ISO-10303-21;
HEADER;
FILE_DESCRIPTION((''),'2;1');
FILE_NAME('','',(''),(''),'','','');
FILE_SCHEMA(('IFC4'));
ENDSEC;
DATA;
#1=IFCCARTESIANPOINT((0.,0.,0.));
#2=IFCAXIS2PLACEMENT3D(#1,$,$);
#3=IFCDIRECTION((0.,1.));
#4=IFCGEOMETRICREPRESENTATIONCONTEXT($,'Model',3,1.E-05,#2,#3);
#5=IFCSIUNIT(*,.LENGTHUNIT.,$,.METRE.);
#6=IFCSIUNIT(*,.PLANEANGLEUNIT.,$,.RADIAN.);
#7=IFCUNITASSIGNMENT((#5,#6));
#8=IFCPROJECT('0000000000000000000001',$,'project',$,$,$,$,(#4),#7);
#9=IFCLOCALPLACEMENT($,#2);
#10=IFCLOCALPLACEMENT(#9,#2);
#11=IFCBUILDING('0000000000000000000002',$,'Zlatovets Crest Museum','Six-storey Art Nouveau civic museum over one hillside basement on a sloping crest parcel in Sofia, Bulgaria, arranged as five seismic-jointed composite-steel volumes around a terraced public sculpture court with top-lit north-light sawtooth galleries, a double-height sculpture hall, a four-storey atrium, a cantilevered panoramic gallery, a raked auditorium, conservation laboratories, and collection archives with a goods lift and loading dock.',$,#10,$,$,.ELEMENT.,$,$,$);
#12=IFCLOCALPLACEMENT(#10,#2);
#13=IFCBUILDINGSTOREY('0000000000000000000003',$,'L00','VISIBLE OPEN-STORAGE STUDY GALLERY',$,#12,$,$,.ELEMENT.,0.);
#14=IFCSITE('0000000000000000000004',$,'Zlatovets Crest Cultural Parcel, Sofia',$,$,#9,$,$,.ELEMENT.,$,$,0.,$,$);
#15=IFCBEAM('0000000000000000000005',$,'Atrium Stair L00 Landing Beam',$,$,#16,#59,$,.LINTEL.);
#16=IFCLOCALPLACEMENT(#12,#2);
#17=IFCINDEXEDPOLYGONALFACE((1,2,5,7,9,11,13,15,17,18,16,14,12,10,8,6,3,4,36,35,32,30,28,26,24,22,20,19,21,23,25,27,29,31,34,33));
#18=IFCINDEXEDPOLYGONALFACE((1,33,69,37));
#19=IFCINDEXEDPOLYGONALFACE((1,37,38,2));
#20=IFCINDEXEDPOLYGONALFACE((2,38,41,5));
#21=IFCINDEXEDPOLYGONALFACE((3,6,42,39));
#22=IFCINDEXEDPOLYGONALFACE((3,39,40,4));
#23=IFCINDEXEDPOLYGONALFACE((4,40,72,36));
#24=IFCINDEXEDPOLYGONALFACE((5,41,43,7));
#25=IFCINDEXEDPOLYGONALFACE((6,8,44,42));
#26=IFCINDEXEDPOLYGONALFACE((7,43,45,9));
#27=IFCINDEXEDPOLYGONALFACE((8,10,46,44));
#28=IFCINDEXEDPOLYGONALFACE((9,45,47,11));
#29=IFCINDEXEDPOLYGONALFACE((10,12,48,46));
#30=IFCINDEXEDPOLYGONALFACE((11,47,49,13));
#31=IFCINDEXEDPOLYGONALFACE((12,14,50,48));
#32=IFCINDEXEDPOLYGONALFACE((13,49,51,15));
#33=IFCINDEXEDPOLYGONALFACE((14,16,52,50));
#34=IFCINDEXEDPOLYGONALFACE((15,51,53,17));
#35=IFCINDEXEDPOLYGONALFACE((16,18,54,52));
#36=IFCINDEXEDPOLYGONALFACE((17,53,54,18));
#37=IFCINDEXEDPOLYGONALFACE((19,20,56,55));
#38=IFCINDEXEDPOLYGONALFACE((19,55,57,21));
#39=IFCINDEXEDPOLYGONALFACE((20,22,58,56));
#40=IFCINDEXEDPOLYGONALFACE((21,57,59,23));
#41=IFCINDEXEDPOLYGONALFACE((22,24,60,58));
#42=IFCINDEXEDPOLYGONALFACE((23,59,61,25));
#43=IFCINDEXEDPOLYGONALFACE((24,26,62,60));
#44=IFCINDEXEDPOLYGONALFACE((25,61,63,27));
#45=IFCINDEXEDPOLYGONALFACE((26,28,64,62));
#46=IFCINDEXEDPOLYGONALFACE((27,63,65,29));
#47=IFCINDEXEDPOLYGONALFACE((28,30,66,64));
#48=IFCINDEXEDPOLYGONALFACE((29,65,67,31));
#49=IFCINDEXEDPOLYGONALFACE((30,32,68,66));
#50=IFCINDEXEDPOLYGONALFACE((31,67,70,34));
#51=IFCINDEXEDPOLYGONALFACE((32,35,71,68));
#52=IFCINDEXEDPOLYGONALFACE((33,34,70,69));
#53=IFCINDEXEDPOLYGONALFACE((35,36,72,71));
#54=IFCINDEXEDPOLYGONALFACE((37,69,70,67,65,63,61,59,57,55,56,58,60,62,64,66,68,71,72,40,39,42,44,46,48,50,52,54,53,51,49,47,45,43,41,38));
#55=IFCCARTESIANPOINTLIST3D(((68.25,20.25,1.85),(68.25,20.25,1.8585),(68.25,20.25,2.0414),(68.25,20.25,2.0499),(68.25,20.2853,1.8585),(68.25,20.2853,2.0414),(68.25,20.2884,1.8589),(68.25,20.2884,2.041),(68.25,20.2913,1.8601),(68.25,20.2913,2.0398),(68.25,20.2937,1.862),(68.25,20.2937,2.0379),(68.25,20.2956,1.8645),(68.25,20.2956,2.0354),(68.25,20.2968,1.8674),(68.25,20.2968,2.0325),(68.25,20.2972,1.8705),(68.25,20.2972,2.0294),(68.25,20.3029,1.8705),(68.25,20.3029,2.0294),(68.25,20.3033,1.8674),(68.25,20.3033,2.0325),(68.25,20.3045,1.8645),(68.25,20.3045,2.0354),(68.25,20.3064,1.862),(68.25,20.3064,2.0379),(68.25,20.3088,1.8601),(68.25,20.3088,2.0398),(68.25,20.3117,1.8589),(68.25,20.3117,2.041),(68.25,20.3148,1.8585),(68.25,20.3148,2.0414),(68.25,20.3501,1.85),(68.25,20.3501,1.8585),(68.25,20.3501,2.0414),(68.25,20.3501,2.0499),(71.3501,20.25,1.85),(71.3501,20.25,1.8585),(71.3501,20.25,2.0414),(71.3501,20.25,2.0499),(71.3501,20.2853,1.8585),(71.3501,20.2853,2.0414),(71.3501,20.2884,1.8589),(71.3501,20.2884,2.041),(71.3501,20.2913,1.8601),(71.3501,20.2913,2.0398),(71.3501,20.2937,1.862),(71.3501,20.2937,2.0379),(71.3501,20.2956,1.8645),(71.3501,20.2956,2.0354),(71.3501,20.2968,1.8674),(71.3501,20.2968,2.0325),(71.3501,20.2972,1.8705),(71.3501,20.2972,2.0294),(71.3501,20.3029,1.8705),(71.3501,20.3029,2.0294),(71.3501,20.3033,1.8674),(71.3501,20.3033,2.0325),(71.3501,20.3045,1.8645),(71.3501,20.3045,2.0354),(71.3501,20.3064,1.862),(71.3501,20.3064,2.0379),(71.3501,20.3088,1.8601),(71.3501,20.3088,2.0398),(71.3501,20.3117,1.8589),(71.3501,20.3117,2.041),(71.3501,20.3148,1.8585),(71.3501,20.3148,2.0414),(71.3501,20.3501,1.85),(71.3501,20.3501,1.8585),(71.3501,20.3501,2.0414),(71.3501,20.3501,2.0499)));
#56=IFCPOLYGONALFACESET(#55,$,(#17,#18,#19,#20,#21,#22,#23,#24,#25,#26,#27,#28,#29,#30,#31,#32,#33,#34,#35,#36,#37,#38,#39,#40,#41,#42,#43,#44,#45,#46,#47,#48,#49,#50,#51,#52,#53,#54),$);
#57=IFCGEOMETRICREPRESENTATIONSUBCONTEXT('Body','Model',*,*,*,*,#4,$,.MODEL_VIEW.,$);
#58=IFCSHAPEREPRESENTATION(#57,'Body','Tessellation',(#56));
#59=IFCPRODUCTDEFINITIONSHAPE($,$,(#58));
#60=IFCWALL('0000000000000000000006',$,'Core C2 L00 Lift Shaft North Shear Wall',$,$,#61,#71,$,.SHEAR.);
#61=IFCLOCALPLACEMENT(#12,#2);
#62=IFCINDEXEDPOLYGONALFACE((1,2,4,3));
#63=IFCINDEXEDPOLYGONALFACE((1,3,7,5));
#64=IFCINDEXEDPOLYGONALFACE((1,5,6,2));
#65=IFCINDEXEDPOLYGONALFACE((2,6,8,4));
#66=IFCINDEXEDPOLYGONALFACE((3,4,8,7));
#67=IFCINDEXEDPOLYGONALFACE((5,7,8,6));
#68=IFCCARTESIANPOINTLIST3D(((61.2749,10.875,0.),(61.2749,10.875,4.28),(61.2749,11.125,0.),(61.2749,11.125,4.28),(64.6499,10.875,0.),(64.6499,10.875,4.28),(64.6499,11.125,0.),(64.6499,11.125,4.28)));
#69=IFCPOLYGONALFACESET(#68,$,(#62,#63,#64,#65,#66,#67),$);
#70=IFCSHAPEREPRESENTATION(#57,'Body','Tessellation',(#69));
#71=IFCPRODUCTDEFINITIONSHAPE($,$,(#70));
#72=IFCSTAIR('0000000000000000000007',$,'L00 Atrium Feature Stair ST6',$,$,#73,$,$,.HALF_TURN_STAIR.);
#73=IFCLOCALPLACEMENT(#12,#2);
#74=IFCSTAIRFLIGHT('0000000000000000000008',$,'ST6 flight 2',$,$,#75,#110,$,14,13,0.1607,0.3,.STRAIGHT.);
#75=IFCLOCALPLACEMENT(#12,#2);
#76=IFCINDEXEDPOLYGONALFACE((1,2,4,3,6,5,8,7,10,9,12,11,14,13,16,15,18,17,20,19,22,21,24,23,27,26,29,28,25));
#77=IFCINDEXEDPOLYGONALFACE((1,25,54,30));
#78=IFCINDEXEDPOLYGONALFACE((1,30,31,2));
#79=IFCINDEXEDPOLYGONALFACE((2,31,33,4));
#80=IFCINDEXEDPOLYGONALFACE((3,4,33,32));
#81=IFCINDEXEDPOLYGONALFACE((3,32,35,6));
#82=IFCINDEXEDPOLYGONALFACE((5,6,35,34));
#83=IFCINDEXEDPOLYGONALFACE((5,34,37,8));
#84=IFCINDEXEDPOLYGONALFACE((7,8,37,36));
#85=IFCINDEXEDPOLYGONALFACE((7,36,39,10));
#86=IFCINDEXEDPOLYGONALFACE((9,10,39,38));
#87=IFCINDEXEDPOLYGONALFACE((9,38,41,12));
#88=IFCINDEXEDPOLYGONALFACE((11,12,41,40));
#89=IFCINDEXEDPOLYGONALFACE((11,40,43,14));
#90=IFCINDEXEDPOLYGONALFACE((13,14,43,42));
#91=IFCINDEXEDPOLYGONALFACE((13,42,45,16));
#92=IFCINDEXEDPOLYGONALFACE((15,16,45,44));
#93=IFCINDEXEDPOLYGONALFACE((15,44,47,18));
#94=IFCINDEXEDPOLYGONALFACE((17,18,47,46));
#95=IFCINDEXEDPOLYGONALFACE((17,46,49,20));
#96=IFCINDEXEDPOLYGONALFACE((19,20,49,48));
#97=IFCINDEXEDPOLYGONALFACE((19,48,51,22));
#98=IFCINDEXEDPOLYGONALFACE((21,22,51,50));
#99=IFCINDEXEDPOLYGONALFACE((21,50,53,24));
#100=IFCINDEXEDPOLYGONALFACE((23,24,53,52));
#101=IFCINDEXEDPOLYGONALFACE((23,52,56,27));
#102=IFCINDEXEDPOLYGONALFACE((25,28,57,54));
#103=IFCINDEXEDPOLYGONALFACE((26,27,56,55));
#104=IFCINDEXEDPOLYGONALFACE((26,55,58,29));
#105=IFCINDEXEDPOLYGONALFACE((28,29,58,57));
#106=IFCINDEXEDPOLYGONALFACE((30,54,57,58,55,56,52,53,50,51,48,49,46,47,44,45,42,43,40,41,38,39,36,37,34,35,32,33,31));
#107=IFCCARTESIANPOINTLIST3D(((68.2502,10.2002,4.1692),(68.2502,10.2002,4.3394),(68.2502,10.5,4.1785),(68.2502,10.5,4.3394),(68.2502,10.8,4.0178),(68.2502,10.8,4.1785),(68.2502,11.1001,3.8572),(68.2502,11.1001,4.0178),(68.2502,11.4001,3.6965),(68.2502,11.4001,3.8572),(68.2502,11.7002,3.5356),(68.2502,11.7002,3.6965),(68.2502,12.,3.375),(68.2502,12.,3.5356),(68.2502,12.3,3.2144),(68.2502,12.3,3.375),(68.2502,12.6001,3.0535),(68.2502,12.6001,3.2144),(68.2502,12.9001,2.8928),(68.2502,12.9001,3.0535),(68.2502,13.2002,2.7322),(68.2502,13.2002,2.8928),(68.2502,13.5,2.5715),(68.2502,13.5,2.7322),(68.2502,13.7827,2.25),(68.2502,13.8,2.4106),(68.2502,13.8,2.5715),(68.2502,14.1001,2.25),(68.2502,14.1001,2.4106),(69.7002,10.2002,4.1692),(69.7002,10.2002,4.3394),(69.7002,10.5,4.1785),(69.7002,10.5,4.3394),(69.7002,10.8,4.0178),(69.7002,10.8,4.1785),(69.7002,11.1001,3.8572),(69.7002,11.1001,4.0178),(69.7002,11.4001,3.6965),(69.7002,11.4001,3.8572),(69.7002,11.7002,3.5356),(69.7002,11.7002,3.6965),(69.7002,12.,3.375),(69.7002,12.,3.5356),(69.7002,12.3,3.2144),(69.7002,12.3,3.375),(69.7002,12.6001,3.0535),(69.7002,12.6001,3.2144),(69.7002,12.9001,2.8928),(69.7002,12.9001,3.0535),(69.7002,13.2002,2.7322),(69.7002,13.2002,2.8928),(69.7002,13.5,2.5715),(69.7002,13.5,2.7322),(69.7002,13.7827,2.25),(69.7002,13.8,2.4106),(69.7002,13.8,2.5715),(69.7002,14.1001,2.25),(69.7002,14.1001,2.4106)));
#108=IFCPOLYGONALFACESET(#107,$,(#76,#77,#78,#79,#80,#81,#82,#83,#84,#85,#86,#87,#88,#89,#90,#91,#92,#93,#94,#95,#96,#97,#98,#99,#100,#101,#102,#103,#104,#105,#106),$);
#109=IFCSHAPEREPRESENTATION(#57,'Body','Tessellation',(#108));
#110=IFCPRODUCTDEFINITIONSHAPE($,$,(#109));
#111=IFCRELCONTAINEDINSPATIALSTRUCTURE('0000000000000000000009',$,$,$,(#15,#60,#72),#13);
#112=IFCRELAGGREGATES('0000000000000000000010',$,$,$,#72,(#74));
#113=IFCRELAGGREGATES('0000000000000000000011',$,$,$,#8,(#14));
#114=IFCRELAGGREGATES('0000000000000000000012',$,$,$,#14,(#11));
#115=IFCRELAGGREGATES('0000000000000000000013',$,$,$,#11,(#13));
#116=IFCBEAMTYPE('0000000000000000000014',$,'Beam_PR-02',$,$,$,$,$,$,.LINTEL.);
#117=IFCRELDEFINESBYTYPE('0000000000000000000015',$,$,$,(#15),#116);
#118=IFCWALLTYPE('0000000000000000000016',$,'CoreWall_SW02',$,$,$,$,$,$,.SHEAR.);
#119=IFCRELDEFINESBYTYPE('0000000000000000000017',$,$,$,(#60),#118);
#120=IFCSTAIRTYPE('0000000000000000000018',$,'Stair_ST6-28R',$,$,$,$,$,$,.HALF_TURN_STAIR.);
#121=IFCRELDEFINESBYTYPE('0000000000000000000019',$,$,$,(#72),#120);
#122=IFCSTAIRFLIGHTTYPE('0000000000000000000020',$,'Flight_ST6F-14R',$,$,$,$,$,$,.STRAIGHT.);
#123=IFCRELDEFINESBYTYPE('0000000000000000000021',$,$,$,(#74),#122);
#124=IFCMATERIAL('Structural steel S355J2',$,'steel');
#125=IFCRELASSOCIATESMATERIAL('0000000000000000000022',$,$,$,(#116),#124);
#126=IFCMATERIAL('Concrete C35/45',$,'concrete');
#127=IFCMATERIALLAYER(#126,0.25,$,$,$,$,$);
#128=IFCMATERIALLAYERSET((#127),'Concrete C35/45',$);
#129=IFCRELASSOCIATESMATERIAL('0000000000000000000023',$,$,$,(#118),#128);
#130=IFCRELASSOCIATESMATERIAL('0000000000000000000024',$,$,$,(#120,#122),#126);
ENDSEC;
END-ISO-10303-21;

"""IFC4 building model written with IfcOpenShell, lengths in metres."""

from ifc_helpers import new_model, si_unit, direction, frame, frame_2d, origin, origin_2d, place, context, subcontext, project, spatial, polyline, rectangle, i_section, outline, extrude, material, layer, layer_set, material_profile, profile_set, type_object, element, aggregate, save


model = new_model("IFC4")

# Units and contexts
model_context = context("Model", 3, precision=1e-05, world=origin(), true_north=direction((0.0, 1.0)))
body_context = subcontext(model_context, "Body", "Model", "MODEL_VIEW")
ifc_project = project(units=[si_unit("LENGTHUNIT", "METRE"), si_unit("PLANEANGLEUNIT", "RADIAN")], contexts=[model_context])

# Site, building, storey
site_placement = place(None, origin())
site = spatial("IfcSite", under=ifc_project, at=site_placement, Name="Zlatovets Crest Cultural Parcel, Sofia", CompositionType="ELEMENT", RefElevation=0.0)
building_placement = place(site_placement, origin())
building = spatial("IfcBuilding", under=site, at=building_placement, Name="Zlatovets Crest Museum", Description="Six-storey Art Nouveau civic museum over one hillside basement on a sloping crest parcel in Sofia, Bulgaria, arranged as five seismic-jointed composite-steel volumes around a terraced public sculpture court with top-lit north-light sawtooth galleries, a double-height sculpture hall, a four-storey atrium, a cantilevered panoramic gallery, a raked auditorium, conservation laboratories, and collection archives with a goods lift and loading dock.", CompositionType="ELEMENT")
storey_placement = place(building_placement, origin())
storey = spatial("IfcBuildingStorey", under=building, at=storey_placement, Name="L00", Description="VISIBLE OPEN-STORAGE STUDY GALLERY", CompositionType="ELEMENT", Elevation=0.0)

# Shared definitions
ifc_material_1 = material(Name="Structural steel S355J2", Category="steel")

# Beam
ifc_material_profile_1 = material_profile(ifc_material_1, i_section(OverallWidth=0.1001, OverallDepth=0.2, WebThickness=0.0056, FlangeThickness=0.0085, FilletRadius=0.012, at=origin_2d()), Name="IPE 200")
ifc_profile_set_1 = profile_set([ifc_material_profile_1], Name="Structural steel S355J2")
beam_type_1 = type_object("IfcBeamType", Name="Beam_PR-02", PredefinedType="LINTEL", material=ifc_profile_set_1)
for number, where, z_axis, x_axis, name in (
    (1, (68.25, 20.3, 1.95), (1.0, 0.0, 0.0), (0.0, 1.0, 0.0), "Atrium Stair L00 Landing Beam"),
):
    element("IfcBeam", number, at=place(storey_placement, frame(where, z_axis=z_axis, x_axis=x_axis)), inside=storey, type_object=beam_type_1, Name=name, PredefinedType="LINTEL", context=body_context, shape_type="SweptSolid", body=[
        extrude(i_section(OverallWidth=0.1001, OverallDepth=0.2, WebThickness=0.0056, FlangeThickness=0.0085, FilletRadius=0.012, at=origin_2d()), origin(), (0.0, 0.0, 1.0), 3.1001),
    ])

# Shared definitions
ifc_material_2 = material(Name="Concrete C35/45", Category="concrete")

# Shared definitions
ifc_layer_1 = layer(ifc_material_2, 0.25)
ifc_layer_set_1 = layer_set([ifc_layer_1], Name="Concrete C35/45")
wall_type_1 = type_object("IfcWallType", Name="CoreWall_SW02", PredefinedType="SHEAR", material=ifc_layer_set_1)

# Wall
wall_1_placement = place(storey_placement, frame((61.2749, 11.0, 0.0), z_axis=(0.0, 0.0, 1.0), x_axis=(1.0, 0.0, 0.0)))
element("IfcWall", 2, at=wall_1_placement, inside=storey, type_object=wall_type_1, Name="Core C2 L00 Lift Shaft North Shear Wall", PredefinedType="SHEAR", context=body_context, shape_type="SweptSolid", body=[
    extrude(rectangle(XDim=3.375, YDim=0.25, at=frame_2d((1.6875, 0.0))), origin(), (0.0, 0.0, 1.0), 4.28),
])

# Stair, stair flight
stair_type = type_object("IfcStairType", Name="Stair_ST6-28R", PredefinedType="HALF_TURN_STAIR", material=ifc_material_2)
stair_placement = place(storey_placement, origin())
stair = element("IfcStair", 3, at=stair_placement, inside=storey, type_object=stair_type, Name="L00 Atrium Feature Stair ST6", PredefinedType="HALF_TURN_STAIR")
stair_flight_type = type_object("IfcStairFlightType", Name="Flight_ST6F-14R", PredefinedType="STRAIGHT", material=ifc_material_2)
stair_flight_placement = place(storey_placement, frame((68.9751, 14.1001, 2.25), z_axis=(0.0, 0.0, 1.0), x_axis=(0.0, -1.0, 0.0)))
stair_flight = element("IfcStairFlight", 4, at=stair_flight_placement, type_object=stair_flight_type, Name="ST6 flight 2", NumberOfRisers=14, NumberOfTreads=13, PredefinedType="STRAIGHT", RiserHeight=0.1607, TreadLength=0.3, context=body_context, shape_type="SweptSolid", body=[
    extrude(outline(polyline([(0.0, 0.0), (0.0, 0.1606), (0.3, 0.1606), (0.3, 0.3215), (0.6001, 0.3215), (0.6001, 0.4822), (0.8999, 0.4822), (0.8999, 0.6428), (1.2, 0.6428), (1.2, 0.8035), (1.5, 0.8035), (1.5, 0.9644), (1.8, 0.9644), (1.8, 1.125), (2.1001, 1.125), (2.1001, 1.2856), (2.3999, 1.2856), (2.3999, 1.4465), (2.7, 1.4465), (2.7, 1.6072), (3.0, 1.6072), (3.0, 1.7678), (3.3, 1.7678), (3.3, 1.9285), (3.6001, 1.9285), (3.6001, 2.0894), (3.8999, 2.0894), (3.8999, 2.25), (3.8999, 1.9192), (0.3174, 0.0), (0.0, 0.0)])), frame((0.0, 0.7251, 0.0), z_axis=(0.0, -1.0, 0.0), x_axis=(1.0, 0.0, 0.0)), (0.0, 0.0, 1.0), 1.45),
])
aggregate(stair, [stair_flight])

save(model, "model.ifc")
